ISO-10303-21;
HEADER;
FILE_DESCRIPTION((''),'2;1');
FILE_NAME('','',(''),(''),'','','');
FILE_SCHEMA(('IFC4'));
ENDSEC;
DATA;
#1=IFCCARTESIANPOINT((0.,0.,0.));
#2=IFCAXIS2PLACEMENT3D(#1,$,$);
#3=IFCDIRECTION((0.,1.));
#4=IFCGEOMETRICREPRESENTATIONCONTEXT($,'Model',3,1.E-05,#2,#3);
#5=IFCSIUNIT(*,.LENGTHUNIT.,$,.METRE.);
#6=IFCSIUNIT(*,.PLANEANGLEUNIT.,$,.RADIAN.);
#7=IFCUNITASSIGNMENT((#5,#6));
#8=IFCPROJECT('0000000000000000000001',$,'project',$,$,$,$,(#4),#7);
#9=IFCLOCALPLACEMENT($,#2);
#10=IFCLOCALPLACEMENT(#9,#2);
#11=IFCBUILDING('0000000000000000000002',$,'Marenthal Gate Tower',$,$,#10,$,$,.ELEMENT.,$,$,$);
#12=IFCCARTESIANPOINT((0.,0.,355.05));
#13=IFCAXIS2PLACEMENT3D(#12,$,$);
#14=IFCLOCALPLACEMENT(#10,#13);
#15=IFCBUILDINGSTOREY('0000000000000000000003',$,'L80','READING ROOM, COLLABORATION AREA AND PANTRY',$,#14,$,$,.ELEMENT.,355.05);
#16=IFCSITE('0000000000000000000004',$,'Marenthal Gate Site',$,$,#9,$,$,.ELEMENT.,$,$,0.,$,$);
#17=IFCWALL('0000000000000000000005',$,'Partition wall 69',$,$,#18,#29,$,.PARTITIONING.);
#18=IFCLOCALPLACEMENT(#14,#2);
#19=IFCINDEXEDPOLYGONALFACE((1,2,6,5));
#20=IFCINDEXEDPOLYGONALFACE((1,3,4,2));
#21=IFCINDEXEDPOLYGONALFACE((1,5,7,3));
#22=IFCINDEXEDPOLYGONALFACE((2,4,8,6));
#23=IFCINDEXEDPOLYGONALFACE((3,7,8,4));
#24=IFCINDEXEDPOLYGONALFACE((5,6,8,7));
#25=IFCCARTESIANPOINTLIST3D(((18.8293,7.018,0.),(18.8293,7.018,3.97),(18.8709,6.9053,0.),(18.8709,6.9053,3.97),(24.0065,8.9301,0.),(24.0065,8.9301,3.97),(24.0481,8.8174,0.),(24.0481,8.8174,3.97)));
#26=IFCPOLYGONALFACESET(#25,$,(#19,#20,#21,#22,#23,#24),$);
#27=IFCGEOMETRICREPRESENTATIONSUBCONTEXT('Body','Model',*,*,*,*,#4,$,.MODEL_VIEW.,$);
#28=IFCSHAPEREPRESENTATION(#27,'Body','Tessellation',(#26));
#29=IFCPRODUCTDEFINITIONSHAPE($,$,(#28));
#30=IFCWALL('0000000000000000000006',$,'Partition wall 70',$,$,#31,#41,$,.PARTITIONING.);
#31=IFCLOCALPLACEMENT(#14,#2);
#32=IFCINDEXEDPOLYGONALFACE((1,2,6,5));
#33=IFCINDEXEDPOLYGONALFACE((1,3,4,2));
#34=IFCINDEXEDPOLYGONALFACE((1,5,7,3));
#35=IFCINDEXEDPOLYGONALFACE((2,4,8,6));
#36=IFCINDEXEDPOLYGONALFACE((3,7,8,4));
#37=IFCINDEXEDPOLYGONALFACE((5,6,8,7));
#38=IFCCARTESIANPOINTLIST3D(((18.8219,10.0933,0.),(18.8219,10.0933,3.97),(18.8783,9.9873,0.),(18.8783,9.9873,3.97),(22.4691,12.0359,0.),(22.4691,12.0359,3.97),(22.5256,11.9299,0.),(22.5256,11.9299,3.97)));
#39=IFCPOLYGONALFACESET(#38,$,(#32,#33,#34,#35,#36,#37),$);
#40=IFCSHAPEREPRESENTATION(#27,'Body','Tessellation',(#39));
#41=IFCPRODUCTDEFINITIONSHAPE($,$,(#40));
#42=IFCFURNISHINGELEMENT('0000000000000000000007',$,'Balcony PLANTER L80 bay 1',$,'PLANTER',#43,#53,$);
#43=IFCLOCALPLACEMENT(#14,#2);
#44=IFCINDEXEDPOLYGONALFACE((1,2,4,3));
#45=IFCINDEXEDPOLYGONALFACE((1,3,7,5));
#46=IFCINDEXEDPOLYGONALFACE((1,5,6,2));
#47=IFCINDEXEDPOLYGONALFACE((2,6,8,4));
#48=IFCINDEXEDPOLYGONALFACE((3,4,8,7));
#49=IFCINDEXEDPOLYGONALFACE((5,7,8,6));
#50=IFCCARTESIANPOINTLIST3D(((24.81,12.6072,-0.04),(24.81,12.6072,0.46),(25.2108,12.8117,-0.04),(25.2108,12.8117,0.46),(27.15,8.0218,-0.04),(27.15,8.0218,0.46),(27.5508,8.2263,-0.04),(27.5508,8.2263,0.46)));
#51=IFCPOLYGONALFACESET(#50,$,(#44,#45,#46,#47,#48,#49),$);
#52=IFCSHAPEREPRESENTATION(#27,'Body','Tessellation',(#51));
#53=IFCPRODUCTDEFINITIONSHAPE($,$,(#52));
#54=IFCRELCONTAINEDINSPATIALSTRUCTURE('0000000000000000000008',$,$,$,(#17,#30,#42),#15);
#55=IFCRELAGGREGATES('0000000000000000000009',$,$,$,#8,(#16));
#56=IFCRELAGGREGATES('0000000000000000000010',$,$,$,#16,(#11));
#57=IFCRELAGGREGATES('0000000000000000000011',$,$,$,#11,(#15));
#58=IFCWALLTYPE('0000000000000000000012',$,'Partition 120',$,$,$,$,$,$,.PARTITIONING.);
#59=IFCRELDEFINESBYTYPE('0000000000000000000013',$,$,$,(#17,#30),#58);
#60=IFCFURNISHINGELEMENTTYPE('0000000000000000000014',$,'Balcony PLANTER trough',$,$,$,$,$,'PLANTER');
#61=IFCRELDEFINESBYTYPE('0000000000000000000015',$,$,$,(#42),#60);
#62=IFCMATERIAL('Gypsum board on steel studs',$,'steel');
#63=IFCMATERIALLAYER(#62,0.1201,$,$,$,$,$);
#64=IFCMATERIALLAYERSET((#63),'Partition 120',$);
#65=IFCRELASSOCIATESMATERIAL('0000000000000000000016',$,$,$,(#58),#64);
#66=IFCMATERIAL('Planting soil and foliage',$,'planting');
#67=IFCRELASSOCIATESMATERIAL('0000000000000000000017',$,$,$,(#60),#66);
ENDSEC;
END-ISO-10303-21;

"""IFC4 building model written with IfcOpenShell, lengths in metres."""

from ifc_helpers import new_model, si_unit, direction, frame, frame_2d, origin, origin_2d, place, context, subcontext, project, spatial, rectangle, extrude, material, layer, layer_set, type_object, element, save


model = new_model("IFC4")

# Units and contexts
model_context = context("Model", 3, precision=1e-05, world=origin(), true_north=direction((0.0, 1.0)))
body_context = subcontext(model_context, "Body", "Model", "MODEL_VIEW")
ifc_project = project(units=[si_unit("LENGTHUNIT", "METRE"), si_unit("PLANEANGLEUNIT", "RADIAN")], contexts=[model_context])

# Site, building, storey
site_placement = place(None, origin())
site = spatial("IfcSite", under=ifc_project, at=site_placement, Name="Marenthal Gate Site", CompositionType="ELEMENT", RefElevation=0.0)
building_placement = place(site_placement, origin())
building = spatial("IfcBuilding", under=site, at=building_placement, Name="Marenthal Gate Tower", CompositionType="ELEMENT")
storey_placement = place(building_placement, frame((0.0, 0.0, 355.05)))
storey = spatial("IfcBuildingStorey", under=building, at=storey_placement, Name="L80", Description="READING ROOM, COLLABORATION AREA AND PANTRY", CompositionType="ELEMENT", Elevation=355.05)

# Walls
ifc_material_1 = material(Name="Gypsum board on steel studs", Category="steel")
ifc_layer_1 = layer(ifc_material_1, 0.1201)
ifc_layer_set_1 = layer_set([ifc_layer_1], Name="Partition 120")
wall_type_1 = type_object("IfcWallType", Name="Partition 120", PredefinedType="PARTITIONING", material=ifc_layer_set_1)
wall_1_placement = place(storey_placement, frame((18.8501, 6.9617, 0.0), z_axis=(0.0, 0.0, 1.0), x_axis=(0.938066, 0.346456, 0.0)))
element("IfcWall", 1, at=wall_1_placement, inside=storey, type_object=wall_type_1, Name="Partition wall 69", PredefinedType="PARTITIONING", context=body_context, shape_type="SweptSolid", body=[
    extrude(rectangle(XDim=5.519, YDim=0.1201, at=frame_2d((2.7595, 0.0))), origin(), (0.0, 0.0, 1.0), 3.97),
])
wall_2_placement = place(storey_placement, frame((18.8501, 10.0403, 0.0), z_axis=(0.0, 0.0, 1.0), x_axis=(0.88261, 0.470107, 0.0)))
element("IfcWall", 2, at=wall_2_placement, inside=storey, type_object=wall_type_1, Name="Partition wall 70", PredefinedType="PARTITIONING", context=body_context, shape_type="SweptSolid", body=[
    extrude(rectangle(XDim=4.1323, YDim=0.1201, at=frame_2d((2.0662, 0.0))), origin(), (0.0, 0.0, 1.0), 3.97),
])

# Furnishing element
ifc_material_2 = material(Name="Planting soil and foliage", Category="planting")
furnishing_element_type = type_object("IfcFurnishingElementType", Name="Balcony PLANTER trough", ElementType="PLANTER", material=ifc_material_2)
furnishing_placement = place(storey_placement, frame((26.1804, 10.4167, -0.04), z_axis=(0.0, 0.0, 1.0), x_axis=(-0.454546, 0.890723, 0.0)))
element("IfcFurnishingElement", 3, at=furnishing_placement, inside=storey, type_object=furnishing_element_type, Name="Balcony PLANTER L80 bay 1", ObjectType="PLANTER", context=body_context, shape_type="SweptSolid", body=[
    extrude(rectangle(XDim=5.1479, YDim=0.45, at=origin_2d()), origin(), (0.0, 0.0, 1.0), 0.5),
])

save(model, "model.ifc")
